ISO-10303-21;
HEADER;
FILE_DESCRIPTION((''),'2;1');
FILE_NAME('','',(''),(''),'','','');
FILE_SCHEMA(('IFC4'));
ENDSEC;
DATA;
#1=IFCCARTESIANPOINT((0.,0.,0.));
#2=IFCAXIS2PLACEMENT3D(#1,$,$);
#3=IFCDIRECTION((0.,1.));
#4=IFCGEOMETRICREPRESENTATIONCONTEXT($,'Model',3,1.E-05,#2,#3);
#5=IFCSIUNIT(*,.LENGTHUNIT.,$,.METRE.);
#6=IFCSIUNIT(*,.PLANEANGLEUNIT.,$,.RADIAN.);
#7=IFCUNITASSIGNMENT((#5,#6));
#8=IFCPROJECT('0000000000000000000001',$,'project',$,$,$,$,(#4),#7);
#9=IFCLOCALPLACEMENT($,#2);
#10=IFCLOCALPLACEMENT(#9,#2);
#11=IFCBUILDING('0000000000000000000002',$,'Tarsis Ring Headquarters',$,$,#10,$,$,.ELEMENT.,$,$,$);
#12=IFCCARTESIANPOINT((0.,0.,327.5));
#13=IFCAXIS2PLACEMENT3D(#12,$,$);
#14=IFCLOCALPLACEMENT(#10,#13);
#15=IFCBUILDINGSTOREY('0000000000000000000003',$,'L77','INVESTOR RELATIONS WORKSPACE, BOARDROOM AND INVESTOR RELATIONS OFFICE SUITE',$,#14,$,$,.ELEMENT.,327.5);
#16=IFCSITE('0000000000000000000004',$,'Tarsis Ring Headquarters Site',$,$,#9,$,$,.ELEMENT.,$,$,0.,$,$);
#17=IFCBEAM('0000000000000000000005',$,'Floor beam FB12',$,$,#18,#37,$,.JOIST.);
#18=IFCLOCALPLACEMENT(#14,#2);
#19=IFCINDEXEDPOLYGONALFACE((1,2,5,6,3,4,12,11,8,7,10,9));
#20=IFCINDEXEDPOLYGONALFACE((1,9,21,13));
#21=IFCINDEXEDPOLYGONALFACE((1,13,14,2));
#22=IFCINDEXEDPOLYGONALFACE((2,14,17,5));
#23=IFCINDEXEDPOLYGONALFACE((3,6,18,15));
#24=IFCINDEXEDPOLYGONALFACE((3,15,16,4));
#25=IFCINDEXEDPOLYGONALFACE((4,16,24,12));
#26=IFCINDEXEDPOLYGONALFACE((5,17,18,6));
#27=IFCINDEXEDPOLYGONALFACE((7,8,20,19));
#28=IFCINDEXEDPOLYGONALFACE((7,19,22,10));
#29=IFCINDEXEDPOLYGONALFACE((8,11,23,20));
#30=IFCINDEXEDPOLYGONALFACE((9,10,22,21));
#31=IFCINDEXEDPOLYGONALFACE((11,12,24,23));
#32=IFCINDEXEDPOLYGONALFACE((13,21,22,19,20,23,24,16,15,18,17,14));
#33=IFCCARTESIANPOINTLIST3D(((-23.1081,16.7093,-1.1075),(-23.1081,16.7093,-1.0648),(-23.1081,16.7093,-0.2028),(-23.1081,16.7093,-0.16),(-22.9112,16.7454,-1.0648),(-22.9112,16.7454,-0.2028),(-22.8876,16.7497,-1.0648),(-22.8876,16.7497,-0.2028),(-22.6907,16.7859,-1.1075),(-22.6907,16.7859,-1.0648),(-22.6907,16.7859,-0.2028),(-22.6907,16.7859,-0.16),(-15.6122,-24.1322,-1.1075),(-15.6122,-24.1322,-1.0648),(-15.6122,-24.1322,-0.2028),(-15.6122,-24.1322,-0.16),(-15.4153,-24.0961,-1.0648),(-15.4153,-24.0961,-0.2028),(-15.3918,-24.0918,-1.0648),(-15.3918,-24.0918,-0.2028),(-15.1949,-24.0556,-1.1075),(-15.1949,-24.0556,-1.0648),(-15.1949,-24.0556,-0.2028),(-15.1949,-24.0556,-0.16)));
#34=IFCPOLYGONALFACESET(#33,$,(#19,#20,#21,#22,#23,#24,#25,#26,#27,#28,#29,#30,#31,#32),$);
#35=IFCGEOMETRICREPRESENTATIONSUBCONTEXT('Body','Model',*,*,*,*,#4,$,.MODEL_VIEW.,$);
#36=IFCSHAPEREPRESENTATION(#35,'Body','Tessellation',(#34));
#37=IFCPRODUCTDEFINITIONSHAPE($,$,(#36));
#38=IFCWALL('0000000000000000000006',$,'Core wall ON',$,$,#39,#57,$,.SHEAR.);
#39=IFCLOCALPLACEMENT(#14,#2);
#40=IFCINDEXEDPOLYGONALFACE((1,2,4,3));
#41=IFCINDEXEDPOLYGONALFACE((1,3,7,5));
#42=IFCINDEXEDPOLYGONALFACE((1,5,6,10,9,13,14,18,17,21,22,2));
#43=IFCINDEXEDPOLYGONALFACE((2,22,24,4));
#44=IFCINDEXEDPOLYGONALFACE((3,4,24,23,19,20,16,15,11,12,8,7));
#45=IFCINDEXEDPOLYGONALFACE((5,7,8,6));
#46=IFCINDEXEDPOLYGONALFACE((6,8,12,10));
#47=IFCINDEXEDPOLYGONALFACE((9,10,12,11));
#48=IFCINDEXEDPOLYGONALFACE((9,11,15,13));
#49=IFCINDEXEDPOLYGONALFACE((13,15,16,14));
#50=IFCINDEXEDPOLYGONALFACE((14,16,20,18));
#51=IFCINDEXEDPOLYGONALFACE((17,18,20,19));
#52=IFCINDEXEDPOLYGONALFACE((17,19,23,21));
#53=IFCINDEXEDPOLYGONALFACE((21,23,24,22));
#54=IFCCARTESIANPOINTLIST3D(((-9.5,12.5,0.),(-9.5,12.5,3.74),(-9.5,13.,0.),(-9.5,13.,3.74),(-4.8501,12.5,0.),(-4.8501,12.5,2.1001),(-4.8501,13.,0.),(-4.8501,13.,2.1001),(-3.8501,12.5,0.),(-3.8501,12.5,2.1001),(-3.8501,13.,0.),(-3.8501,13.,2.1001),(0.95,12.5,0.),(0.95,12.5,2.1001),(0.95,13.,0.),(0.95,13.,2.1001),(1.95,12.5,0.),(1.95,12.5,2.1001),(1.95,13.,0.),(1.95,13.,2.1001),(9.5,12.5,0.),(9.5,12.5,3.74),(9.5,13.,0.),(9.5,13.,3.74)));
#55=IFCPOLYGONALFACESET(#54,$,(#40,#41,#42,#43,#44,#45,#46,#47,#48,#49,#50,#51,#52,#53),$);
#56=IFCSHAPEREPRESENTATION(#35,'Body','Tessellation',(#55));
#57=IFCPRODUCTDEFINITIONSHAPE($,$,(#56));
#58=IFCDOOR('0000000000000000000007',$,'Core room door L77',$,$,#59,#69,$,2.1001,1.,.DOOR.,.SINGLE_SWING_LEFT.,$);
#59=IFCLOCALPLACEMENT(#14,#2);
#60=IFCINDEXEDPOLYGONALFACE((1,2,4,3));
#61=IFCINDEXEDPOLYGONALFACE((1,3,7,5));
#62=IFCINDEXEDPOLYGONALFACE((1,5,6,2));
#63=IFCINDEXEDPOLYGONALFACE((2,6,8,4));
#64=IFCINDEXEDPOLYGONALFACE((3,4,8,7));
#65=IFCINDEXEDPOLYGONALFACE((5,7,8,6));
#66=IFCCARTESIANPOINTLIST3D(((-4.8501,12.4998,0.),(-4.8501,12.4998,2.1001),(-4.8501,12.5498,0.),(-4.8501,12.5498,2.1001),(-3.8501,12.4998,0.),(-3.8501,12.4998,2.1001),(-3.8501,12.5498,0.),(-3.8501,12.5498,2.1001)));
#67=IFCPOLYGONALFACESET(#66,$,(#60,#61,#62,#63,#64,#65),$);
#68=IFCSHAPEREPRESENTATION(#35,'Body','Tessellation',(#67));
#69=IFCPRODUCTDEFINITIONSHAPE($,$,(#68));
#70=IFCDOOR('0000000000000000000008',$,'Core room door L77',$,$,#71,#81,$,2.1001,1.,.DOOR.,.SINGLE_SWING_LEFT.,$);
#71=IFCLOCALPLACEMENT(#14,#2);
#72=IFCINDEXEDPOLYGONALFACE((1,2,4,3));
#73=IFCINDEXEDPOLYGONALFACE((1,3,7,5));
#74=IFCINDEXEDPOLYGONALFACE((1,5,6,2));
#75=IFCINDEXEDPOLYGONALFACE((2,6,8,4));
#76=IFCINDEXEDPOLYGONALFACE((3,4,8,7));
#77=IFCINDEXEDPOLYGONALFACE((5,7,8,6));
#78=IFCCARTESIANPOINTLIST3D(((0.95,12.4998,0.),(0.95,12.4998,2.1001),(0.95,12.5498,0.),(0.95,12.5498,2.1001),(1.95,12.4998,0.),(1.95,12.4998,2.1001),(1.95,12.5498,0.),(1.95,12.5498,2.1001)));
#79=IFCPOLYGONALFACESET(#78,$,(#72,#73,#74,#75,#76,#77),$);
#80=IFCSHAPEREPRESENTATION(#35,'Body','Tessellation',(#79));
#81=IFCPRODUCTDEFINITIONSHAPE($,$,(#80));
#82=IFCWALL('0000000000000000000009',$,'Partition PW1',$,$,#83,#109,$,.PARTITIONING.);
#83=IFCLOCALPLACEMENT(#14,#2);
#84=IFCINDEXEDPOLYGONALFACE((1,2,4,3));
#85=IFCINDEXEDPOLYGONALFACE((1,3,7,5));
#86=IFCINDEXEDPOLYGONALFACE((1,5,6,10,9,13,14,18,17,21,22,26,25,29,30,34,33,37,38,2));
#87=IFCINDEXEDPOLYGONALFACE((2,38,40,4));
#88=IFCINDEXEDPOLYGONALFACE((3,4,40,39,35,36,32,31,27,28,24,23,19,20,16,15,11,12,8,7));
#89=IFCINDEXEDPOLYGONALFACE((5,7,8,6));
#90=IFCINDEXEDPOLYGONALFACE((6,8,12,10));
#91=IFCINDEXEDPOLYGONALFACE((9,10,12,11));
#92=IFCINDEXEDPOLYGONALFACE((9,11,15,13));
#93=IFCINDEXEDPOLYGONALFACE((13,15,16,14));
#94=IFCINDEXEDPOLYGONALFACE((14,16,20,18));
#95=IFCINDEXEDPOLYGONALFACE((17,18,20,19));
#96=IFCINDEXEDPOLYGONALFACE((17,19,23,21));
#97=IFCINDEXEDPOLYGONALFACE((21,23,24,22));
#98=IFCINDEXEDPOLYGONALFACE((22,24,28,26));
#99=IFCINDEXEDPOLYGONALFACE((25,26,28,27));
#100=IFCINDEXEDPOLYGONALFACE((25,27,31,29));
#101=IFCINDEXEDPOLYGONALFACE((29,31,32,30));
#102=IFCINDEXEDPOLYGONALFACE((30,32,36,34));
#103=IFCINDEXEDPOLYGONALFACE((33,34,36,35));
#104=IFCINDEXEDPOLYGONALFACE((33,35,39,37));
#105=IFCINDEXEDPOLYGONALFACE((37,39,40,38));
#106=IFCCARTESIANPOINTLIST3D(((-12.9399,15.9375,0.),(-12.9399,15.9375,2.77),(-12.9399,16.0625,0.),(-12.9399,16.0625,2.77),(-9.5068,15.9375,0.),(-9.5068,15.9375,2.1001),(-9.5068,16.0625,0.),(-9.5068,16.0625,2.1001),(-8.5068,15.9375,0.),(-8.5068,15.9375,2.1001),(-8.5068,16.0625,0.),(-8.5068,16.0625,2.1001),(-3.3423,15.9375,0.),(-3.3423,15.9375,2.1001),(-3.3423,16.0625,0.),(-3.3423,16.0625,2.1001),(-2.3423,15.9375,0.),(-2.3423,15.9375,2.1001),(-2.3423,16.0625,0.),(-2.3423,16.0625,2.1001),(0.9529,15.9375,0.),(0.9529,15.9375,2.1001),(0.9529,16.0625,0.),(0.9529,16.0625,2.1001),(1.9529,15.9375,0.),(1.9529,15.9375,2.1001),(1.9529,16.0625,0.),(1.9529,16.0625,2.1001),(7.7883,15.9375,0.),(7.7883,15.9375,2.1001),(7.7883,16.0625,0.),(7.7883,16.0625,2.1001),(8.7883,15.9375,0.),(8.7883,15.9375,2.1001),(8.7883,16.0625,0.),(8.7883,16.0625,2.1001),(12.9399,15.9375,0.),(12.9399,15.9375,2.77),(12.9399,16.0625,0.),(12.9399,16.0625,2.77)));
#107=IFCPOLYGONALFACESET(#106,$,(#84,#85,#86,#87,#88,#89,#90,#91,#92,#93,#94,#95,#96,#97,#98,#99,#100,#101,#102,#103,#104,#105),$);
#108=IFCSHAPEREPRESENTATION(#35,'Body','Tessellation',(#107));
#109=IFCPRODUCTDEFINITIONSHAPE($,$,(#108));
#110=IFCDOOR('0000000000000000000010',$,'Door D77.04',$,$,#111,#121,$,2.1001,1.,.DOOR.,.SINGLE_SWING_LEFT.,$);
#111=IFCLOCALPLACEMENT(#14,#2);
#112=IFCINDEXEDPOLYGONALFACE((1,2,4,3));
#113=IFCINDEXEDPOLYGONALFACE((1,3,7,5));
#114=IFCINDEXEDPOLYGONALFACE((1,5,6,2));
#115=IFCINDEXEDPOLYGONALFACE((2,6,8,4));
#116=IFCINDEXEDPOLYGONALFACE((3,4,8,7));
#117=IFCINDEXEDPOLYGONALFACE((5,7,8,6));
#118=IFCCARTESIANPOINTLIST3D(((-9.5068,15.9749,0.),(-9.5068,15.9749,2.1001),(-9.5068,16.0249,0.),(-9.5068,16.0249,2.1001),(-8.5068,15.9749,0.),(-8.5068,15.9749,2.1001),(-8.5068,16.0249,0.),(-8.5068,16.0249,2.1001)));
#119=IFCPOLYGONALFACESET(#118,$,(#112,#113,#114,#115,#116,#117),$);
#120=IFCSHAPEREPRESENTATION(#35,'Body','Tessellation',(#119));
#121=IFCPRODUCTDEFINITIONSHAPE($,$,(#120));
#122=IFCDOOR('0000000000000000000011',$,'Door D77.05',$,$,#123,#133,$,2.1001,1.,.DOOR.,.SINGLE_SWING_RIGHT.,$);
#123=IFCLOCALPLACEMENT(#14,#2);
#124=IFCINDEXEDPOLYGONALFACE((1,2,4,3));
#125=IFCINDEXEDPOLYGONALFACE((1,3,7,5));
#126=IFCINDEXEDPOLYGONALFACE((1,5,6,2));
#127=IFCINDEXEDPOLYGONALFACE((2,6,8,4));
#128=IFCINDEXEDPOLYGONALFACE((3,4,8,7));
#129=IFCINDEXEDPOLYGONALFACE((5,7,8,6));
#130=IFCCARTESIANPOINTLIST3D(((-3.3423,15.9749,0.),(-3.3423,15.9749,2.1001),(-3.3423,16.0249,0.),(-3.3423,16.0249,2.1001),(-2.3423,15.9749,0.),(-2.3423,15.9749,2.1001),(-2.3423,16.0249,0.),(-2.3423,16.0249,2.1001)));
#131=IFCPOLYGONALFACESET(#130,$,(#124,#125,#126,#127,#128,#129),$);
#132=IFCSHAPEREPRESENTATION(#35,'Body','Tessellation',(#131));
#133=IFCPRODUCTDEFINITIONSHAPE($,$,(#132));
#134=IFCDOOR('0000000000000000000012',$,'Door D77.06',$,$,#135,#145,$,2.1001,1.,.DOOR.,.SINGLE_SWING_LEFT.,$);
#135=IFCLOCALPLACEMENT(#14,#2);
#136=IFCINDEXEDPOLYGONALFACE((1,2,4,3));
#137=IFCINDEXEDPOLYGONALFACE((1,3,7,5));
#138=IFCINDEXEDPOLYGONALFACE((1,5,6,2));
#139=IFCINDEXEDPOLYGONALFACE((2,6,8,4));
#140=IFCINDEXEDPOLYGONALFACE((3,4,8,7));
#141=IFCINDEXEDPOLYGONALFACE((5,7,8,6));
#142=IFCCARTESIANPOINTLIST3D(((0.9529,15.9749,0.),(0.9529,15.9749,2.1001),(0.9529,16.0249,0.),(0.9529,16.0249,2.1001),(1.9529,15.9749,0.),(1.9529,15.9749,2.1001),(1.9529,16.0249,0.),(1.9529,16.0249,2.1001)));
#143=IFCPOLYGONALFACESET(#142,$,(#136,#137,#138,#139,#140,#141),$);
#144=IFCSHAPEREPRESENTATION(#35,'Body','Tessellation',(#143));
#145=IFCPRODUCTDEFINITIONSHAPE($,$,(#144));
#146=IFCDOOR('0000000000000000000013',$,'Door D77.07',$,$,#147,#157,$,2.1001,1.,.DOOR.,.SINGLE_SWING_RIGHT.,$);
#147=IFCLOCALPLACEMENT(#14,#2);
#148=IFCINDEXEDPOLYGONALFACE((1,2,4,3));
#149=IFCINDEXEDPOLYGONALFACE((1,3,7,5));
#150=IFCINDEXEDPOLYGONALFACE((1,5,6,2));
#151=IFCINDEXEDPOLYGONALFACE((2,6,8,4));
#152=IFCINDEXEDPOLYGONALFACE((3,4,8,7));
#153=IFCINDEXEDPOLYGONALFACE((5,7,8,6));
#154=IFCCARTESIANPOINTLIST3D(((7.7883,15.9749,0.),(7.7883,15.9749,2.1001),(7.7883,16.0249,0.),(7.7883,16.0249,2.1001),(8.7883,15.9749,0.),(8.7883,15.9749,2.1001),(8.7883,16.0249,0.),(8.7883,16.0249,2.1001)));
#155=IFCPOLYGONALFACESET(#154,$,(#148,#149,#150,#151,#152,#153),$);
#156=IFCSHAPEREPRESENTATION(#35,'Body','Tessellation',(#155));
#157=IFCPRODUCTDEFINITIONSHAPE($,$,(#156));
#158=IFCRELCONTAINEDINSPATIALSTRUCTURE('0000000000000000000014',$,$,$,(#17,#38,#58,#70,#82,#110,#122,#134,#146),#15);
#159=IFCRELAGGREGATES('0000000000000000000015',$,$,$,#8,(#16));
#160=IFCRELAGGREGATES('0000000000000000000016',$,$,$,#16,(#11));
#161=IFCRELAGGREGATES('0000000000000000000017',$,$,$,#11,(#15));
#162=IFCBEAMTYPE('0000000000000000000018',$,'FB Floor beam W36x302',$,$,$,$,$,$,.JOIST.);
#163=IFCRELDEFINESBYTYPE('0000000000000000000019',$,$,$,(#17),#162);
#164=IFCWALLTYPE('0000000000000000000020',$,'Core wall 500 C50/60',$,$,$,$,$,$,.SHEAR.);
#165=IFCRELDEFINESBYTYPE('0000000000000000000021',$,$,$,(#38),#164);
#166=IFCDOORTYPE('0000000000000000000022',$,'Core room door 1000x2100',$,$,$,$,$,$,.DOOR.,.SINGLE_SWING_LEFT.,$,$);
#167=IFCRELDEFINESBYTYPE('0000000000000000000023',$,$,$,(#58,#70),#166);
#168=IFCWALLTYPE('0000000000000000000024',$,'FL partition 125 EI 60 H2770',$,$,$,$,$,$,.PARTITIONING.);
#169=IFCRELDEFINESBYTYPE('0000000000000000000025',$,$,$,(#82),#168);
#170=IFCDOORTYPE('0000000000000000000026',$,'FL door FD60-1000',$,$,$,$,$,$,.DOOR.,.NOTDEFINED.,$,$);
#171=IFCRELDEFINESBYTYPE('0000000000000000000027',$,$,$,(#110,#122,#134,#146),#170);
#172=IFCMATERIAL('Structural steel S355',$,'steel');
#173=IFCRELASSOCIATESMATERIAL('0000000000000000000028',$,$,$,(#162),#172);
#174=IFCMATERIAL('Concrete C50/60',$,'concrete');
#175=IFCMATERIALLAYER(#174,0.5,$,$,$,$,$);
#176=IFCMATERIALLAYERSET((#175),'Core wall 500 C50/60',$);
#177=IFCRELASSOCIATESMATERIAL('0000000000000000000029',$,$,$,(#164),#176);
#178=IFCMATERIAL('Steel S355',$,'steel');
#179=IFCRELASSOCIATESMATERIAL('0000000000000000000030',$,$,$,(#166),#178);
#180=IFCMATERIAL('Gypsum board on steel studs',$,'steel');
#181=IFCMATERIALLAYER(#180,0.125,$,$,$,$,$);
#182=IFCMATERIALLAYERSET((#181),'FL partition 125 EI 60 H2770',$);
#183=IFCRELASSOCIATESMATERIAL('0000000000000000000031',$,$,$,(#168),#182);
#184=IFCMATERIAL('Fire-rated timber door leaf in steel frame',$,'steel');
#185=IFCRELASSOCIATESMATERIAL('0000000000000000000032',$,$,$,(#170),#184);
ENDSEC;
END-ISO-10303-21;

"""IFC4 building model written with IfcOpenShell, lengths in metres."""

from ifc_helpers import new_model, si_unit, direction, frame, frame_2d, origin, origin_2d, place, context, subcontext, project, spatial, rectangle, i_section, extrude, material, layer, layer_set, material_profile, profile_set, type_object, element, fill, save


model = new_model("IFC4")

# Units and contexts
model_context = context("Model", 3, precision=1e-05, world=origin(), true_north=direction((0.0, 1.0)))
body_context = subcontext(model_context, "Body", "Model", "MODEL_VIEW")
ifc_project = project(units=[si_unit("LENGTHUNIT", "METRE"), si_unit("PLANEANGLEUNIT", "RADIAN")], contexts=[model_context])

# Site, building, storey
site_placement = place(None, origin())
site = spatial("IfcSite", under=ifc_project, at=site_placement, Name="Tarsis Ring Headquarters Site", CompositionType="ELEMENT", RefElevation=0.0)
building_placement = place(site_placement, origin())
building = spatial("IfcBuilding", under=site, at=building_placement, Name="Tarsis Ring Headquarters", CompositionType="ELEMENT")
storey_placement = place(building_placement, frame((0.0, 0.0, 327.5)))
storey = spatial("IfcBuildingStorey", under=building, at=storey_placement, Name="L77", Description="INVESTOR RELATIONS WORKSPACE, BOARDROOM AND INVESTOR RELATIONS OFFICE SUITE", CompositionType="ELEMENT", Elevation=327.5)

# Beam
ifc_material_1 = material(Name="Structural steel S355", Category="steel")
ifc_material_profile = material_profile(ifc_material_1, i_section(OverallWidth=0.4243, OverallDepth=0.9475, WebThickness=0.0239, FlangeThickness=0.0427, at=origin_2d()), Name="W36x302")
ifc_profile_set = profile_set([ifc_material_profile], Name="Structural steel S355")
beam_type = type_object("IfcBeamType", Name="FB Floor beam W36x302", PredefinedType="JOIST", material=ifc_profile_set)
beam_placement = place(storey_placement, frame((-22.8994, 16.7476, -0.6338), z_axis=(0.18052, -0.983571, 0.0), x_axis=(0.983571, 0.18052, 0.0)))
element("IfcBeam", 1, at=beam_placement, inside=storey, type_object=beam_type, Name="Floor beam FB12", PredefinedType="JOIST", context=body_context, shape_type="SweptSolid", body=[
    extrude(i_section(OverallWidth=0.4243, OverallDepth=0.9475, WebThickness=0.0239, FlangeThickness=0.0427, at=origin_2d()), origin(), (0.0, 0.0, 1.0), 41.5237),
])

# Walls, openings, doors
ifc_material_2 = material(Name="Concrete C50/60", Category="concrete")
ifc_layer_1 = layer(ifc_material_2, 0.5)
ifc_layer_set_1 = layer_set([ifc_layer_1], Name="Core wall 500 C50/60")
wall_type_1 = type_object("IfcWallType", Name="Core wall 500 C50/60", PredefinedType="SHEAR", material=ifc_layer_set_1)
wall_1_placement = place(storey_placement, frame((-9.5, 12.75, 0.0), z_axis=(0.0, 0.0, 1.0), x_axis=(1.0, 0.0, 0.0)))
wall_1 = element("IfcWall", 2, at=wall_1_placement, inside=storey, type_object=wall_type_1, Name="Core wall ON", PredefinedType="SHEAR", context=body_context, shape_type="SweptSolid", body=[
    extrude(rectangle(XDim=19.0, YDim=0.5, at=frame_2d((9.5, 0.0))), origin(), (0.0, 0.0, 1.0), 3.74),
])
opening_1_placement = place(wall_1_placement, frame((4.6499, 0.0, 0.0)))
opening_1 = element("IfcOpeningElement", 3, at=opening_1_placement, cuts=wall_1, PredefinedType="OPENING", context=body_context, shape_type="SweptSolid", body=[
    extrude(rectangle(XDim=1.0, YDim=2.1001, at=frame_2d((0.5, 1.05))), frame((0.0, 0.26, 0.0), z_axis=(0.0, -1.0, 0.0), x_axis=(1.0, 0.0, 0.0)), (0.0, 0.0, 1.0), 0.52),
])
opening_2_placement = place(wall_1_placement, frame((10.45, 0.0, 0.0)))
opening_2 = element("IfcOpeningElement", 4, at=opening_2_placement, cuts=wall_1, PredefinedType="OPENING", context=body_context, shape_type="SweptSolid", body=[
    extrude(rectangle(XDim=1.0, YDim=2.1001, at=frame_2d((0.5, 1.05))), frame((0.0, 0.26, 0.0), z_axis=(0.0, -1.0, 0.0), x_axis=(1.0, 0.0, 0.0)), (0.0, 0.0, 1.0), 0.52),
])
ifc_material_3 = material(Name="Steel S355", Category="steel")
door_type_1 = type_object("IfcDoorType", Name="Core room door 1000x2100", OperationType="SINGLE_SWING_LEFT", PredefinedType="DOOR", material=ifc_material_3)
door_1_placement = place(opening_1_placement, origin())
door_1 = element("IfcDoor", 5, at=door_1_placement, inside=storey, type_object=door_type_1, Name="Core room door L77", OperationType="SINGLE_SWING_LEFT", OverallHeight=2.1001, OverallWidth=1.0, PredefinedType="DOOR", context=body_context, shape_type="SweptSolid", body=[
    extrude(rectangle(XDim=1.0, YDim=2.1001, at=frame_2d((0.5, 1.05))), frame((0.0, -0.2002, 0.0), z_axis=(0.0, -1.0, 0.0), x_axis=(1.0, 0.0, 0.0)), (0.0, 0.0, 1.0), 0.05),
])
fill(opening_1, door_1)
door_2_placement = place(opening_2_placement, origin())
door_2 = element("IfcDoor", 6, at=door_2_placement, inside=storey, type_object=door_type_1, Name="Core room door L77", OperationType="SINGLE_SWING_LEFT", OverallHeight=2.1001, OverallWidth=1.0, PredefinedType="DOOR", context=body_context, shape_type="SweptSolid", body=[
    extrude(rectangle(XDim=1.0, YDim=2.1001, at=frame_2d((0.5, 1.05))), frame((0.0, -0.2002, 0.0), z_axis=(0.0, -1.0, 0.0), x_axis=(1.0, 0.0, 0.0)), (0.0, 0.0, 1.0), 0.05),
])
fill(opening_2, door_2)
ifc_material_4 = material(Name="Gypsum board on steel studs", Category="steel")
ifc_layer_2 = layer(ifc_material_4, 0.125)
ifc_layer_set_2 = layer_set([ifc_layer_2], Name="FL partition 125 EI 60 H2770")
wall_type_2 = type_object("IfcWallType", Name="FL partition 125 EI 60 H2770", PredefinedType="PARTITIONING", material=ifc_layer_set_2)
wall_2_placement = place(storey_placement, frame((-12.9399, 16.0, 0.0), z_axis=(0.0, 0.0, 1.0), x_axis=(1.0, 0.0, 0.0)))
wall_2 = element("IfcWall", 7, at=wall_2_placement, inside=storey, type_object=wall_type_2, Name="Partition PW1", PredefinedType="PARTITIONING", context=body_context, shape_type="SweptSolid", body=[
    extrude(rectangle(XDim=25.8799, YDim=0.125, at=frame_2d((12.9399, 0.0))), origin(), (0.0, 0.0, 1.0), 2.77),
])
opening_3_placement = place(wall_2_placement, frame((3.4331, 0.0, 0.0)))
opening_3 = element("IfcOpeningElement", 8, at=opening_3_placement, cuts=wall_2, PredefinedType="OPENING", context=body_context, shape_type="SweptSolid", body=[
    extrude(rectangle(XDim=1.0, YDim=2.1001, at=frame_2d((0.5, 1.05))), frame((0.0, 0.0725, 0.0), z_axis=(0.0, -1.0, 0.0), x_axis=(1.0, 0.0, 0.0)), (0.0, 0.0, 1.0), 0.145),
])
opening_4_placement = place(wall_2_placement, frame((9.5977, 0.0, 0.0)))
opening_4 = element("IfcOpeningElement", 9, at=opening_4_placement, cuts=wall_2, PredefinedType="OPENING", context=body_context, shape_type="SweptSolid", body=[
    extrude(rectangle(XDim=1.0, YDim=2.1001, at=frame_2d((0.5, 1.05))), frame((0.0, 0.0725, 0.0), z_axis=(0.0, -1.0, 0.0), x_axis=(1.0, 0.0, 0.0)), (0.0, 0.0, 1.0), 0.145),
])
opening_5_placement = place(wall_2_placement, frame((13.8928, 0.0, 0.0)))
opening_5 = element("IfcOpeningElement", 10, at=opening_5_placement, cuts=wall_2, PredefinedType="OPENING", context=body_context, shape_type="SweptSolid", body=[
    extrude(rectangle(XDim=1.0, YDim=2.1001, at=frame_2d((0.5, 1.05))), frame((0.0, 0.0725, 0.0), z_axis=(0.0, -1.0, 0.0), x_axis=(1.0, 0.0, 0.0)), (0.0, 0.0, 1.0), 0.145),
])
opening_6_placement = place(wall_2_placement, frame((20.7283, 0.0, 0.0)))
opening_6 = element("IfcOpeningElement", 11, at=opening_6_placement, cuts=wall_2, PredefinedType="OPENING", context=body_context, shape_type="SweptSolid", body=[
    extrude(rectangle(XDim=1.0, YDim=2.1001, at=frame_2d((0.5, 1.05))), frame((0.0, 0.0725, 0.0), z_axis=(0.0, -1.0, 0.0), x_axis=(1.0, 0.0, 0.0)), (0.0, 0.0, 1.0), 0.145),
])
ifc_material_5 = material(Name="Fire-rated timber door leaf in steel frame", Category="steel")
door_type_2 = type_object("IfcDoorType", Name="FL door FD60-1000", OperationType="NOTDEFINED", PredefinedType="DOOR", material=ifc_material_5)
door_3_placement = place(opening_3_placement, origin())
door_3 = element("IfcDoor", 12, at=door_3_placement, inside=storey, type_object=door_type_2, Name="Door D77.04", OperationType="SINGLE_SWING_LEFT", OverallHeight=2.1001, OverallWidth=1.0, PredefinedType="DOOR", context=body_context, shape_type="SweptSolid", body=[
    extrude(rectangle(XDim=1.0, YDim=2.1001, at=frame_2d((0.5, 1.05))), frame((0.0, 0.0249, 0.0), z_axis=(0.0, -1.0, 0.0), x_axis=(1.0, 0.0, 0.0)), (0.0, 0.0, 1.0), 0.05),
])
fill(opening_3, door_3)
door_4_placement = place(opening_4_placement, origin())
door_4 = element("IfcDoor", 13, at=door_4_placement, inside=storey, type_object=door_type_2, Name="Door D77.05", OperationType="SINGLE_SWING_RIGHT", OverallHeight=2.1001, OverallWidth=1.0, PredefinedType="DOOR", context=body_context, shape_type="SweptSolid", body=[
    extrude(rectangle(XDim=1.0, YDim=2.1001, at=frame_2d((0.5, 1.05))), frame((0.0, 0.0249, 0.0), z_axis=(0.0, -1.0, 0.0), x_axis=(1.0, 0.0, 0.0)), (0.0, 0.0, 1.0), 0.05),
])
fill(opening_4, door_4)
door_5_placement = place(opening_5_placement, origin())
door_5 = element("IfcDoor", 14, at=door_5_placement, inside=storey, type_object=door_type_2, Name="Door D77.06", OperationType="SINGLE_SWING_LEFT", OverallHeight=2.1001, OverallWidth=1.0, PredefinedType="DOOR", context=body_context, shape_type="SweptSolid", body=[
    extrude(rectangle(XDim=1.0, YDim=2.1001, at=frame_2d((0.5, 1.05))), frame((0.0, 0.0249, 0.0), z_axis=(0.0, -1.0, 0.0), x_axis=(1.0, 0.0, 0.0)), (0.0, 0.0, 1.0), 0.05),
])
fill(opening_5, door_5)
door_6_placement = place(opening_6_placement, origin())
door_6 = element("IfcDoor", 15, at=door_6_placement, inside=storey, type_object=door_type_2, Name="Door D77.07", OperationType="SINGLE_SWING_RIGHT", OverallHeight=2.1001, OverallWidth=1.0, PredefinedType="DOOR", context=body_context, shape_type="SweptSolid", body=[
    extrude(rectangle(XDim=1.0, YDim=2.1001, at=frame_2d((0.5, 1.05))), frame((0.0, 0.0249, 0.0), z_axis=(0.0, -1.0, 0.0), x_axis=(1.0, 0.0, 0.0)), (0.0, 0.0, 1.0), 0.05),
])
fill(opening_6, door_6)

save(model, "model.ifc")
